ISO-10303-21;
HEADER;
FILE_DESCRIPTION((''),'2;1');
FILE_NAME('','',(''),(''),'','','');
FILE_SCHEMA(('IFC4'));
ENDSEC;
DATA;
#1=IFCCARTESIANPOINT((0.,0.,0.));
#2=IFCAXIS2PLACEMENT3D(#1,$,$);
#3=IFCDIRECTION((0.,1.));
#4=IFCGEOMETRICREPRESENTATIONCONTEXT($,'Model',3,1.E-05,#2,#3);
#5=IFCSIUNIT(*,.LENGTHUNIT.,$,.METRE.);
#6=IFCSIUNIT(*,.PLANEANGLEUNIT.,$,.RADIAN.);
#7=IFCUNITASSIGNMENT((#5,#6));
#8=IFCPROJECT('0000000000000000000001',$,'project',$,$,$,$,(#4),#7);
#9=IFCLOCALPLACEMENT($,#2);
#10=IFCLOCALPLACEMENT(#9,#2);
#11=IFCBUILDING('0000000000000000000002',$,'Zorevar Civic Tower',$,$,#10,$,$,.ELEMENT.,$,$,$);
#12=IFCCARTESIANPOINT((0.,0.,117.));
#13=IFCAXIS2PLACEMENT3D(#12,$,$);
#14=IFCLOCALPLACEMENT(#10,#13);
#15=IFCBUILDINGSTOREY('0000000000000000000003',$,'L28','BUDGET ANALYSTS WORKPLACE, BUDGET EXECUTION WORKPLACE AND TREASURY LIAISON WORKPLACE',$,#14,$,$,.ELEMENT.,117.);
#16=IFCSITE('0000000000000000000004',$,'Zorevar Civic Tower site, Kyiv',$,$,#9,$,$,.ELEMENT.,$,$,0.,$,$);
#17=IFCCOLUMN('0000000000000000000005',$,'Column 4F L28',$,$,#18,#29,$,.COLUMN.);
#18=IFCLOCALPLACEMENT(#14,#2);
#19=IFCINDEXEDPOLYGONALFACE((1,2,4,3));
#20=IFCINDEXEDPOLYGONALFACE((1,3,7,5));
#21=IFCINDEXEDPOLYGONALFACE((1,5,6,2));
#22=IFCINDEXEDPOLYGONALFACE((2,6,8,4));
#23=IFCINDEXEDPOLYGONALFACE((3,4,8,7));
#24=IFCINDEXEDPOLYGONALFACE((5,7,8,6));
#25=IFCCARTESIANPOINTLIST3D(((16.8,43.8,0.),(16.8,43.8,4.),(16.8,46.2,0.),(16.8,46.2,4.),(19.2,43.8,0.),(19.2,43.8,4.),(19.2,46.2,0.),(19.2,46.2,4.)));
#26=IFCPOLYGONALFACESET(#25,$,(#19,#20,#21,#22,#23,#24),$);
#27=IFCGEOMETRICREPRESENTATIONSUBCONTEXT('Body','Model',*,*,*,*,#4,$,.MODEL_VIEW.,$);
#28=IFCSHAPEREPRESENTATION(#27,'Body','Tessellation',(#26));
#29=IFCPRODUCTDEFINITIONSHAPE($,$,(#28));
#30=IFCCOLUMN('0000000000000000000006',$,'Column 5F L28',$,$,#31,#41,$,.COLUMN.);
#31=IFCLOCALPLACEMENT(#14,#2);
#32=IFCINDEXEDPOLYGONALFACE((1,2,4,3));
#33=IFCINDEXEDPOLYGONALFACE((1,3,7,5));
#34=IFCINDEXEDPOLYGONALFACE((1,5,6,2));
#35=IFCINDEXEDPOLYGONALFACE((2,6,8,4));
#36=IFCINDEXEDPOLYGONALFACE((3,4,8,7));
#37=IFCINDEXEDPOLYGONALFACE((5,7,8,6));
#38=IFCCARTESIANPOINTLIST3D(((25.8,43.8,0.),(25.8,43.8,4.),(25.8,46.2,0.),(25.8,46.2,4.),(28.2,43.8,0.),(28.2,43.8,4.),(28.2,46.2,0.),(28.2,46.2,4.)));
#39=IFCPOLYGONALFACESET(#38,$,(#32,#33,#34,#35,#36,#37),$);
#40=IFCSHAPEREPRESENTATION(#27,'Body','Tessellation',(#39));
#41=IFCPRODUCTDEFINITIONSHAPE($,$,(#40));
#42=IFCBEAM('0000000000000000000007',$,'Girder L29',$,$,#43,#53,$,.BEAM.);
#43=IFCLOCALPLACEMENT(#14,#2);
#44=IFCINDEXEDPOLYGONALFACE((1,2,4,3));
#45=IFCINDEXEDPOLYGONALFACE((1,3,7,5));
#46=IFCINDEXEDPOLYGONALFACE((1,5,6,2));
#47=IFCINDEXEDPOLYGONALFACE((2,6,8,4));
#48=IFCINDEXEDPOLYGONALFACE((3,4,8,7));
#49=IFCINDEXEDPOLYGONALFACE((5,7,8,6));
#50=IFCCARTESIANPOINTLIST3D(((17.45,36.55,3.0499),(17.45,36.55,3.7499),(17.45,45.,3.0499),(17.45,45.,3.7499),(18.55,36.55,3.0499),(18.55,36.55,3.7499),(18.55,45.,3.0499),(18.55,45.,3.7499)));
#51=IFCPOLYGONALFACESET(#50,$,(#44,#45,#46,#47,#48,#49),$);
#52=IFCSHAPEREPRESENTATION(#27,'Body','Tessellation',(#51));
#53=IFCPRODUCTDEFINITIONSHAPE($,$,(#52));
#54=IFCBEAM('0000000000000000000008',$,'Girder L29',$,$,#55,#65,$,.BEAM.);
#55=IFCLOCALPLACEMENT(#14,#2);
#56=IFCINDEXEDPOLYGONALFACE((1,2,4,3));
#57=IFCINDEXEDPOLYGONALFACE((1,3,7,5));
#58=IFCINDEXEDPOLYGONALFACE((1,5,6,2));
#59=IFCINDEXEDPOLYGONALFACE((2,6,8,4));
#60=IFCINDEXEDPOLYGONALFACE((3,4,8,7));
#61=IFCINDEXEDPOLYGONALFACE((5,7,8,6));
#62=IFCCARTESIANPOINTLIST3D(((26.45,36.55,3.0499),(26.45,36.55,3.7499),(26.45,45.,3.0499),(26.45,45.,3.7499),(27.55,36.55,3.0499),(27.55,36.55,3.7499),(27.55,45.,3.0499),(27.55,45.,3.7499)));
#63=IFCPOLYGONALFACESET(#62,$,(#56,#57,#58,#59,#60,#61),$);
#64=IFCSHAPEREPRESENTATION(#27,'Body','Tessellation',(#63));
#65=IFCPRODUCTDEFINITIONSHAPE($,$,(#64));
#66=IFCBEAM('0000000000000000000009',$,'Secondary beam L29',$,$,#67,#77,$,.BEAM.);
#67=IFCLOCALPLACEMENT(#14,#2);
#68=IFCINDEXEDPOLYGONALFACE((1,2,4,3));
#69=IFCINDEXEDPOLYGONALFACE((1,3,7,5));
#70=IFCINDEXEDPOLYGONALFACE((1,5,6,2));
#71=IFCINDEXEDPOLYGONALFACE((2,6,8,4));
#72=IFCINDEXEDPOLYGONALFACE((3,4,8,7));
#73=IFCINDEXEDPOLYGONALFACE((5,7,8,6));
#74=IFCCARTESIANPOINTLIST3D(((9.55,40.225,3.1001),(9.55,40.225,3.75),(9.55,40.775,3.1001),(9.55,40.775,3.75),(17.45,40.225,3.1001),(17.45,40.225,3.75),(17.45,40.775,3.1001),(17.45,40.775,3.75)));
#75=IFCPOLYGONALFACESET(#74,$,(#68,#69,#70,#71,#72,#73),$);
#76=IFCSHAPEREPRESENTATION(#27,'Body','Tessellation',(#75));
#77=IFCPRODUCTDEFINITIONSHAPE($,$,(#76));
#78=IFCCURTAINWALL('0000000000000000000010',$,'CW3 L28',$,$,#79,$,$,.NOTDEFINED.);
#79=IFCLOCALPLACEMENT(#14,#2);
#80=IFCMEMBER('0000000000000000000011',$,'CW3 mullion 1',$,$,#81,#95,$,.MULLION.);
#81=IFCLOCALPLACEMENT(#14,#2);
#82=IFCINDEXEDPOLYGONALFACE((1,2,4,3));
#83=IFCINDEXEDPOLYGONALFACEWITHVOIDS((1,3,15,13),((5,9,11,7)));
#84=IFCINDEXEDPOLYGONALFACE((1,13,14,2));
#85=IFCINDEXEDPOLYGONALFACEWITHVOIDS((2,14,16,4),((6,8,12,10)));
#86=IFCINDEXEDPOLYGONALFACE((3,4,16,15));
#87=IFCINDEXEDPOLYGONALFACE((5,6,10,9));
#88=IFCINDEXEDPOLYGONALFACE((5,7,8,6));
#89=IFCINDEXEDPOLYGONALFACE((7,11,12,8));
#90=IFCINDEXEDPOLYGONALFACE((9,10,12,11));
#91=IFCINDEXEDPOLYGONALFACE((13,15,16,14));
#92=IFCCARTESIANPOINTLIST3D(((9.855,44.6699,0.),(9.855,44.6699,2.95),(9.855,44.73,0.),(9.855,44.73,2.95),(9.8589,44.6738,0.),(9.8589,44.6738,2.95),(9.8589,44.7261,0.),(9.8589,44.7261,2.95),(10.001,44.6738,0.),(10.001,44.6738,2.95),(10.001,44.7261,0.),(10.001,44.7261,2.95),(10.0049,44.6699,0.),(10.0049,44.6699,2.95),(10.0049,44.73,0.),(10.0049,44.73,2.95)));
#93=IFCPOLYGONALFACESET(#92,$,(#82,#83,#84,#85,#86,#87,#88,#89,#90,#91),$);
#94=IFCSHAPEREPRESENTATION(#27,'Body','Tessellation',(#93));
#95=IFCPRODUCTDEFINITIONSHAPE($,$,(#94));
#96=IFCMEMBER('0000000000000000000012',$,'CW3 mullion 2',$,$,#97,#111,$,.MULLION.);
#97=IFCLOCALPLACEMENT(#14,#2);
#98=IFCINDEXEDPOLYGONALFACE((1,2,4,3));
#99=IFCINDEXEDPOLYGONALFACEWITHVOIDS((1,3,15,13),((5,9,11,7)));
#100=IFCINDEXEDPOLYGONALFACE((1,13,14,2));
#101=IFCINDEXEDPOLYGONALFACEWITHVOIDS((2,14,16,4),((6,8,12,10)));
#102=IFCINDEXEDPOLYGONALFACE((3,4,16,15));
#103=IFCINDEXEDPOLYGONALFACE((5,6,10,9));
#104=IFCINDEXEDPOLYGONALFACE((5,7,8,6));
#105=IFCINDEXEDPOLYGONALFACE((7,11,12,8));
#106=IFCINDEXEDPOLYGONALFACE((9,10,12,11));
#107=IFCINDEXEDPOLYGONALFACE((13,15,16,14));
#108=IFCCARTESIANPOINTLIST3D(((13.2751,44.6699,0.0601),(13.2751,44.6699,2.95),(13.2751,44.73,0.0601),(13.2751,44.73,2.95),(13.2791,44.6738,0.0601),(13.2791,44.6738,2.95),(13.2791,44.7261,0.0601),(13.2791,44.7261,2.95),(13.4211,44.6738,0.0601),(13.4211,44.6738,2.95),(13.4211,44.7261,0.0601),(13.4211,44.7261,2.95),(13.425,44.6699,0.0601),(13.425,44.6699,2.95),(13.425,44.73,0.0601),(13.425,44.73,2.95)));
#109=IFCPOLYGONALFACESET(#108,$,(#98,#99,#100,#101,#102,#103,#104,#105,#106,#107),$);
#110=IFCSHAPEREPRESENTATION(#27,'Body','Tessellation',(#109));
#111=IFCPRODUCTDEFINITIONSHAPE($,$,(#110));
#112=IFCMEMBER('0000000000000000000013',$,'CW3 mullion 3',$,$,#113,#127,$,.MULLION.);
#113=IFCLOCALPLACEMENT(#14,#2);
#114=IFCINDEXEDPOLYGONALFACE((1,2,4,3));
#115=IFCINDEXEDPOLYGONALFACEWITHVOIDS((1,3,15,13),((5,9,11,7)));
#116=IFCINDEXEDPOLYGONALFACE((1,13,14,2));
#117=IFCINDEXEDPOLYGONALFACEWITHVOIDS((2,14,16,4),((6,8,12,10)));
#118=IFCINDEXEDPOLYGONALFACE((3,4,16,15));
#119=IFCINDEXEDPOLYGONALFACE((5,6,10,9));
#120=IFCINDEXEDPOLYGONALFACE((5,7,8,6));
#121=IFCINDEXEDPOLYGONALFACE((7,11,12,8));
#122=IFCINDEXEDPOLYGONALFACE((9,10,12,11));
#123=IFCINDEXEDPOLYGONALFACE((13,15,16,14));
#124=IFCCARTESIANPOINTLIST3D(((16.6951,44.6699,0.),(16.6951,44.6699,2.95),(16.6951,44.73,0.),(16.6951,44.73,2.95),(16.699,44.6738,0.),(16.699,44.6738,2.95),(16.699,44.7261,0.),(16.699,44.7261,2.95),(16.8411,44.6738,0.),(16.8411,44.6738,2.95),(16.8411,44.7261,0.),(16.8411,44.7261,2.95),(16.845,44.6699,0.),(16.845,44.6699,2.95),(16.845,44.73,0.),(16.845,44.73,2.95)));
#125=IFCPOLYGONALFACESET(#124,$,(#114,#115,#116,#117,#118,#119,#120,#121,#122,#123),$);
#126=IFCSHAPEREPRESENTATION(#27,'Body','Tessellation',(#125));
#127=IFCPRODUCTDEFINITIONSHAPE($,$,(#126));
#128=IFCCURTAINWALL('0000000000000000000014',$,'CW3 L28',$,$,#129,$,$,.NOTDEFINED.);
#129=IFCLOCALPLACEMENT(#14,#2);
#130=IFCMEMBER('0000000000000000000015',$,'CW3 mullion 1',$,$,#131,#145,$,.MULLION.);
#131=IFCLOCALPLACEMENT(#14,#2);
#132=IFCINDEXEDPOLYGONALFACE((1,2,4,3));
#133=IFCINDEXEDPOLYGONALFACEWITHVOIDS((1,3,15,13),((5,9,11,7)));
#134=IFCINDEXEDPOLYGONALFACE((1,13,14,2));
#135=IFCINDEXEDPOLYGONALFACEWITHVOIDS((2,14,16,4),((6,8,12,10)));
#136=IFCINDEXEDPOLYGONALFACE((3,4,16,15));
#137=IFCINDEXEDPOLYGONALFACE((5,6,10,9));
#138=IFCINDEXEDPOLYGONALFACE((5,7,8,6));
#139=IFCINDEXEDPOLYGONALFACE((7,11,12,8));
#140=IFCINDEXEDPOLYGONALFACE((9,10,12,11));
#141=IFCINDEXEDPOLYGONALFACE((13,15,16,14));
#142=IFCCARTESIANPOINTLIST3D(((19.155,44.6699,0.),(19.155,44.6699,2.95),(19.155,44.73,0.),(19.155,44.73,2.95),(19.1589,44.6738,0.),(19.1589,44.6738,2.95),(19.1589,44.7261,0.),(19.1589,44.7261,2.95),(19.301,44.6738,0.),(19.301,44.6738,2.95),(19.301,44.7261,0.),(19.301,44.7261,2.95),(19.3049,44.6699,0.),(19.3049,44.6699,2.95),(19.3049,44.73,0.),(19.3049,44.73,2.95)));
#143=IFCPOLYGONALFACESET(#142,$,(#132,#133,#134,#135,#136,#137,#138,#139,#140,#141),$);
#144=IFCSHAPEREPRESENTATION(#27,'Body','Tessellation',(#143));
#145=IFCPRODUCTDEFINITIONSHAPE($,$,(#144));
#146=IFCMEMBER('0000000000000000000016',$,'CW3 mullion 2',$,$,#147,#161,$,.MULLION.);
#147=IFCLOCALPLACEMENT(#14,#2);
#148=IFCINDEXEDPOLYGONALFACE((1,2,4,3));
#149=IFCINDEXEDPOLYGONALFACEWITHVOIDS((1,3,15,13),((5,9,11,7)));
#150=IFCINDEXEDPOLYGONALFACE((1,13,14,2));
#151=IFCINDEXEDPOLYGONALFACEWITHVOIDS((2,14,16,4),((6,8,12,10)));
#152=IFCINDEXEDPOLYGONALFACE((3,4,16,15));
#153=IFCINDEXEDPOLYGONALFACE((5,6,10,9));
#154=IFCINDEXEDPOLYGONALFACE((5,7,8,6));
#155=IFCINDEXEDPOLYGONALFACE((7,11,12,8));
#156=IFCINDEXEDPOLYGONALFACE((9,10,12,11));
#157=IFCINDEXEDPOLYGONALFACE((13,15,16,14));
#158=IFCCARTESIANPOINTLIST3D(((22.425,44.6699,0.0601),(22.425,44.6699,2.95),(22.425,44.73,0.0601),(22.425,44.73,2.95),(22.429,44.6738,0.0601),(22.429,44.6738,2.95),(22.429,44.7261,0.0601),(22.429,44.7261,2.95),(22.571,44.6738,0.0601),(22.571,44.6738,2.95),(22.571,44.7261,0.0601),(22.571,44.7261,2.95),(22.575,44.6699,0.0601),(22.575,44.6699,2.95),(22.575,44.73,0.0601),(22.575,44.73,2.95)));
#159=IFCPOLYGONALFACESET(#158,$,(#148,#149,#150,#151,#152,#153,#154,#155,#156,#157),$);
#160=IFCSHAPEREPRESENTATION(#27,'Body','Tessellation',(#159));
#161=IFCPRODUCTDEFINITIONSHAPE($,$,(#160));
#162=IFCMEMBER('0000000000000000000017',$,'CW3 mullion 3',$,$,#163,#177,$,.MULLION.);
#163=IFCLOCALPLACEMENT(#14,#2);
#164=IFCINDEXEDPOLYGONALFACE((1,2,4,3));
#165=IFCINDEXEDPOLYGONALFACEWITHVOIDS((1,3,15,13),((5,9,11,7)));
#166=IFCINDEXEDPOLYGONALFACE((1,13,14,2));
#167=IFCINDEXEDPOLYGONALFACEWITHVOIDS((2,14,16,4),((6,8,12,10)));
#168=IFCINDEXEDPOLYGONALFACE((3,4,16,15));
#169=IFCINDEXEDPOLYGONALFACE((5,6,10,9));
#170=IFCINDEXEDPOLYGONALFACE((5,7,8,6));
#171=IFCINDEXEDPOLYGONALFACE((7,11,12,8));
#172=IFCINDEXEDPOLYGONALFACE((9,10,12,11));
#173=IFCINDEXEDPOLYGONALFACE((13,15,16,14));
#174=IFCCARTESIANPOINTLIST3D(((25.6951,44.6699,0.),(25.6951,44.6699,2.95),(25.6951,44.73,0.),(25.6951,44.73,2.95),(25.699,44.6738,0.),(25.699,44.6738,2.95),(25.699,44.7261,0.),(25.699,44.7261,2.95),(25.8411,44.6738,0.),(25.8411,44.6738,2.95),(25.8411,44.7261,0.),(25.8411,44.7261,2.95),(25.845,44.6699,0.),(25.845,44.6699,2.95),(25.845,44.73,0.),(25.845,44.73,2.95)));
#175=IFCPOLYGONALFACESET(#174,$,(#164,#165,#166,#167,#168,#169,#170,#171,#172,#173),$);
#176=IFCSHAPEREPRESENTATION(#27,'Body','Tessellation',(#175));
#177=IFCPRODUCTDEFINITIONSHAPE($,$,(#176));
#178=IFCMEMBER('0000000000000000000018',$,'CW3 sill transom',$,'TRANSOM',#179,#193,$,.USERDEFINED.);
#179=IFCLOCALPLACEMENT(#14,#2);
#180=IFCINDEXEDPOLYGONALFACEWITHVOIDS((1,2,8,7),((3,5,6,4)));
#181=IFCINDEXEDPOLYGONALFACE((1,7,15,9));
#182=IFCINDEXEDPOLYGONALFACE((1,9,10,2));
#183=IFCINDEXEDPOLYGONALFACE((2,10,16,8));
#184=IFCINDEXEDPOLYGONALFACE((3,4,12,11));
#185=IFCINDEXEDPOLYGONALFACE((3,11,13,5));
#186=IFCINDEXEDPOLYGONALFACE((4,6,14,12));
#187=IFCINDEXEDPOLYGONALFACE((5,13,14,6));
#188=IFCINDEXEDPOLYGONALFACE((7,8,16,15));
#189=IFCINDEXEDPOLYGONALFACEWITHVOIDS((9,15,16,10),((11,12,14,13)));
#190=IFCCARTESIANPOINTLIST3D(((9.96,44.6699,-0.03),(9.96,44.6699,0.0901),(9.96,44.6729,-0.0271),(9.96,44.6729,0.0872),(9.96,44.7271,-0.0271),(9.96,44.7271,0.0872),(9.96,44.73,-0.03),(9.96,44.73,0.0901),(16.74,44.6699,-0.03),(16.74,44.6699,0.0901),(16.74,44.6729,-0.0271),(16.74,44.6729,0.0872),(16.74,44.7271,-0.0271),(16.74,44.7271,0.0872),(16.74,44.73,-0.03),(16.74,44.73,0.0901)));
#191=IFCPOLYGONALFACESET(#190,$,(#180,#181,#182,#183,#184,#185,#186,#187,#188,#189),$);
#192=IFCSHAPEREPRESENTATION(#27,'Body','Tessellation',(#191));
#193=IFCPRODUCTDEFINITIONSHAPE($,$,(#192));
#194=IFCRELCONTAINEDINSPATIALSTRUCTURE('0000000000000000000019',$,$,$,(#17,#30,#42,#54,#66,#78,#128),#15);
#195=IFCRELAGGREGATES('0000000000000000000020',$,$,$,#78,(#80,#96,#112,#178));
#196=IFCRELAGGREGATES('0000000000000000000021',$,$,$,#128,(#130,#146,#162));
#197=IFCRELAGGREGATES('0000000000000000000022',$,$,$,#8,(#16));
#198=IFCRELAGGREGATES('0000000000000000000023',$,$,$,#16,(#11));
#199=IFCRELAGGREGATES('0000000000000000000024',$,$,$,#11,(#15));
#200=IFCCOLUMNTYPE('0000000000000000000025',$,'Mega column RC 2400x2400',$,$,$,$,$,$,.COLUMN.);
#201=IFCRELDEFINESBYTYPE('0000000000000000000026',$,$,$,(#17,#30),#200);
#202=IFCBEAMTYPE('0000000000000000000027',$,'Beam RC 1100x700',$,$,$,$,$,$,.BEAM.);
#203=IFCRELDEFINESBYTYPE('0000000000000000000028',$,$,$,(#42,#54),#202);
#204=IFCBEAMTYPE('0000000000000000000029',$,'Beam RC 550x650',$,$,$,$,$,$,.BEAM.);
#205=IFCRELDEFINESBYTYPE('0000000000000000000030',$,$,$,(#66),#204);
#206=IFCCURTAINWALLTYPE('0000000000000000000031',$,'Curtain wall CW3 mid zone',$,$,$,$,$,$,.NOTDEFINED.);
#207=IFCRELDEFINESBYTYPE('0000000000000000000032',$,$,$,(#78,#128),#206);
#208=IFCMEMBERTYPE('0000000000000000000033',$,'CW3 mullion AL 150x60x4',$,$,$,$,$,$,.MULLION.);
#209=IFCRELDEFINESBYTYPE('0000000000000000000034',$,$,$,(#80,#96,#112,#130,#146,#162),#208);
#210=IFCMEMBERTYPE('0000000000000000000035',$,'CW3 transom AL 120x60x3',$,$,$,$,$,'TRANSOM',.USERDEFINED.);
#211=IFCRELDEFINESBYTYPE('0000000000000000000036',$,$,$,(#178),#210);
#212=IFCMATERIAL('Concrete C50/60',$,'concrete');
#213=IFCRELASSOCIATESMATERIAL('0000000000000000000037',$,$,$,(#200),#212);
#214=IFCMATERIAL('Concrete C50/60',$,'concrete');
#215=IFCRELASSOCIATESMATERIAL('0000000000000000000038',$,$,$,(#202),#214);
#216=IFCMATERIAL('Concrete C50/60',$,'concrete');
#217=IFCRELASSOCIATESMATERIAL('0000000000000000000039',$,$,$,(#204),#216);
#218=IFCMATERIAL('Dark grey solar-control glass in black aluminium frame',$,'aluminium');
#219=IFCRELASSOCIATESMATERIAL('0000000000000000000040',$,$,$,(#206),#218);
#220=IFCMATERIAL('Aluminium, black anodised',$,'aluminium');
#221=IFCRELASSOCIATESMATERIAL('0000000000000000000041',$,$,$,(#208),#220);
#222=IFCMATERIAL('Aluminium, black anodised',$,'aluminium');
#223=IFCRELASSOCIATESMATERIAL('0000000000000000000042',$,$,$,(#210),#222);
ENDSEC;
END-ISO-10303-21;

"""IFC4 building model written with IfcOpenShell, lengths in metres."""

from ifc_helpers import new_model, si_unit, direction, frame, origin, origin_2d, place, context, subcontext, project, spatial, rectangle, hollow_rectangle, extrude, material, material_profile, profile_set, type_object, element, aggregate, save


model = new_model("IFC4")

# Units and contexts
model_context = context("Model", 3, precision=1e-05, world=origin(), true_north=direction((0.0, 1.0)))
body_context = subcontext(model_context, "Body", "Model", "MODEL_VIEW")
ifc_project = project(units=[si_unit("LENGTHUNIT", "METRE"), si_unit("PLANEANGLEUNIT", "RADIAN")], contexts=[model_context])

# Site, building, storey
site_placement = place(None, origin())
site = spatial("IfcSite", under=ifc_project, at=site_placement, Name="Zorevar Civic Tower site, Kyiv", CompositionType="ELEMENT", RefElevation=0.0)
building_placement = place(site_placement, origin())
building = spatial("IfcBuilding", under=site, at=building_placement, Name="Zorevar Civic Tower", CompositionType="ELEMENT")
storey_placement = place(building_placement, frame((0.0, 0.0, 117.0)))
storey = spatial("IfcBuildingStorey", under=building, at=storey_placement, Name="L28", Description="BUDGET ANALYSTS WORKPLACE, BUDGET EXECUTION WORKPLACE AND TREASURY LIAISON WORKPLACE", CompositionType="ELEMENT", Elevation=117.0)

# Columns
ifc_material_1 = material(Name="Concrete C50/60", Category="concrete")
ifc_material_profile_1 = material_profile(ifc_material_1, rectangle(XDim=2.3999, YDim=2.3999, at=origin_2d()), Name="RC 2400x2400")
ifc_profile_set_1 = profile_set([ifc_material_profile_1], Name="Concrete C50/60")
column_type = type_object("IfcColumnType", Name="Mega column RC 2400x2400", PredefinedType="COLUMN", material=ifc_profile_set_1)
for number, where, z_axis, x_axis, name in (
    (1, (18.0, 45.0, 0.0), (0.0, 0.0, 1.0), (1.0, 0.0, 0.0), "Column 4F L28"),
    (2, (27.0, 45.0, 0.0), (0.0, 0.0, 1.0), (1.0, 0.0, 0.0), "Column 5F L28"),
):
    element("IfcColumn", number, at=place(storey_placement, frame(where, z_axis=z_axis, x_axis=x_axis)), inside=storey, type_object=column_type, Name=name, PredefinedType="COLUMN", context=body_context, shape_type="SweptSolid", body=[
        extrude(rectangle(XDim=2.3999, YDim=2.3999, at=origin_2d()), origin(), (0.0, 0.0, 1.0), 4.0),
    ])

# Beams
ifc_material_2 = material(Name="Concrete C50/60", Category="concrete")
ifc_material_profile_2 = material_profile(ifc_material_2, rectangle(XDim=1.1001, YDim=0.7, at=origin_2d()), Name="RC 1100x700")
ifc_profile_set_2 = profile_set([ifc_material_profile_2], Name="Concrete C50/60")
beam_type_1 = type_object("IfcBeamType", Name="Beam RC 1100x700", PredefinedType="BEAM", material=ifc_profile_set_2)
for number, where, z_axis, x_axis, name in (
    (3, (18.0, 36.55, 3.3999), (0.0, 1.0, 0.0), (-1.0, 0.0, 0.0), "Girder L29"),
    (4, (27.0, 36.55, 3.3999), (0.0, 1.0, 0.0), (-1.0, 0.0, 0.0), "Girder L29"),
):
    element("IfcBeam", number, at=place(storey_placement, frame(where, z_axis=z_axis, x_axis=x_axis)), inside=storey, type_object=beam_type_1, Name=name, PredefinedType="BEAM", context=body_context, shape_type="SweptSolid", body=[
        extrude(rectangle(XDim=1.1001, YDim=0.7, at=origin_2d()), origin(), (0.0, 0.0, 1.0), 8.45),
    ])
ifc_material_3 = material(Name="Concrete C50/60", Category="concrete")
ifc_material_profile_3 = material_profile(ifc_material_3, rectangle(XDim=0.55, YDim=0.6499, at=origin_2d()), Name="RC 550x650")
ifc_profile_set_3 = profile_set([ifc_material_profile_3], Name="Concrete C50/60")
beam_type_2 = type_object("IfcBeamType", Name="Beam RC 550x650", PredefinedType="BEAM", material=ifc_profile_set_3)
beam_1_placement = place(storey_placement, frame((9.55, 40.5, 3.425), z_axis=(1.0, 0.0, 0.0), x_axis=(0.0, 1.0, 0.0)))
element("IfcBeam", 5, at=beam_1_placement, inside=storey, type_object=beam_type_2, Name="Secondary beam L29", PredefinedType="BEAM", context=body_context, shape_type="SweptSolid", body=[
    extrude(rectangle(XDim=0.55, YDim=0.6499, at=origin_2d()), origin(), (0.0, 0.0, 1.0), 7.8999),
])

# Curtain walls, members
ifc_material_4 = material(Name="Dark grey solar-control glass in black aluminium frame", Category="aluminium")
curtain_wall_type = type_object("IfcCurtainWallType", Name="Curtain wall CW3 mid zone", PredefinedType="NOTDEFINED", material=ifc_material_4)
curtain_wall_1_placement = place(storey_placement, origin())
curtain_wall_1 = element("IfcCurtainWall", 6, at=curtain_wall_1_placement, inside=storey, type_object=curtain_wall_type, Name="CW3 L28", PredefinedType="NOTDEFINED")
ifc_material_5 = material(Name="Aluminium, black anodised", Category="aluminium")
ifc_material_profile_4 = material_profile(ifc_material_5, hollow_rectangle(XDim=0.0601, YDim=0.1499, WallThickness=0.0039, at=origin_2d()), Name="AL 150x60x4")
ifc_profile_set_4 = profile_set([ifc_material_profile_4], Name="Aluminium, black anodised")
member_type_1 = type_object("IfcMemberType", Name="CW3 mullion AL 150x60x4", PredefinedType="MULLION", material=ifc_profile_set_4)
member_1_placement = place(storey_placement, frame((9.9299, 44.7, 0.0), z_axis=(0.0, 0.0, 1.0), x_axis=(0.0, 1.0, 0.0)))
member_1 = element("IfcMember", 7, at=member_1_placement, type_object=member_type_1, Name="CW3 mullion 1", PredefinedType="MULLION", context=body_context, shape_type="SweptSolid", body=[
    extrude(hollow_rectangle(XDim=0.0601, YDim=0.1499, WallThickness=0.0039, at=origin_2d()), origin(), (0.0, 0.0, 1.0), 2.95),
])
member_2_placement = place(storey_placement, frame((13.3501, 44.7, 0.0601), z_axis=(0.0, 0.0, 1.0), x_axis=(0.0, 1.0, 0.0)))
member_2 = element("IfcMember", 8, at=member_2_placement, type_object=member_type_1, Name="CW3 mullion 2", PredefinedType="MULLION", context=body_context, shape_type="SweptSolid", body=[
    extrude(hollow_rectangle(XDim=0.0601, YDim=0.1499, WallThickness=0.0039, at=origin_2d()), origin(), (0.0, 0.0, 1.0), 2.8899),
])
member_3_placement = place(storey_placement, frame((16.77, 44.7, 0.0), z_axis=(0.0, 0.0, 1.0), x_axis=(0.0, 1.0, 0.0)))
member_3 = element("IfcMember", 9, at=member_3_placement, type_object=member_type_1, Name="CW3 mullion 3", PredefinedType="MULLION", context=body_context, shape_type="SweptSolid", body=[
    extrude(hollow_rectangle(XDim=0.0601, YDim=0.1499, WallThickness=0.0039, at=origin_2d()), origin(), (0.0, 0.0, 1.0), 2.95),
])
curtain_wall_2_placement = place(storey_placement, origin())
curtain_wall_2 = element("IfcCurtainWall", 10, at=curtain_wall_2_placement, inside=storey, type_object=curtain_wall_type, Name="CW3 L28", PredefinedType="NOTDEFINED")
member_4_placement = place(storey_placement, frame((19.23, 44.7, 0.0), z_axis=(0.0, 0.0, 1.0), x_axis=(0.0, 1.0, 0.0)))
member_4 = element("IfcMember", 11, at=member_4_placement, type_object=member_type_1, Name="CW3 mullion 1", PredefinedType="MULLION", context=body_context, shape_type="SweptSolid", body=[
    extrude(hollow_rectangle(XDim=0.0601, YDim=0.1499, WallThickness=0.0039, at=origin_2d()), origin(), (0.0, 0.0, 1.0), 2.95),
])
member_5_placement = place(storey_placement, frame((22.5, 44.7, 0.0601), z_axis=(0.0, 0.0, 1.0), x_axis=(0.0, 1.0, 0.0)))
member_5 = element("IfcMember", 12, at=member_5_placement, type_object=member_type_1, Name="CW3 mullion 2", PredefinedType="MULLION", context=body_context, shape_type="SweptSolid", body=[
    extrude(hollow_rectangle(XDim=0.0601, YDim=0.1499, WallThickness=0.0039, at=origin_2d()), origin(), (0.0, 0.0, 1.0), 2.8899),
])
member_6_placement = place(storey_placement, frame((25.77, 44.7, 0.0), z_axis=(0.0, 0.0, 1.0), x_axis=(0.0, 1.0, 0.0)))
member_6 = element("IfcMember", 13, at=member_6_placement, type_object=member_type_1, Name="CW3 mullion 3", PredefinedType="MULLION", context=body_context, shape_type="SweptSolid", body=[
    extrude(hollow_rectangle(XDim=0.0601, YDim=0.1499, WallThickness=0.0039, at=origin_2d()), origin(), (0.0, 0.0, 1.0), 2.95),
])

# Member
ifc_material_6 = material(Name="Aluminium, black anodised", Category="aluminium")
ifc_material_profile_5 = material_profile(ifc_material_6, hollow_rectangle(XDim=0.0601, YDim=0.1201, WallThickness=0.0029, at=origin_2d()), Name="AL 120x60x3")
ifc_profile_set_5 = profile_set([ifc_material_profile_5], Name="Aluminium, black anodised")
member_type_2 = type_object("IfcMemberType", Name="CW3 transom AL 120x60x3", ElementType="TRANSOM", PredefinedType="USERDEFINED", material=ifc_profile_set_5)
member_7_placement = place(storey_placement, frame((9.96, 44.7, 0.03), z_axis=(1.0, 0.0, 0.0), x_axis=(0.0, 1.0, 0.0)))
member_7 = element("IfcMember", 14, at=member_7_placement, type_object=member_type_2, Name="CW3 sill transom", ObjectType="TRANSOM", PredefinedType="USERDEFINED", context=body_context, shape_type="SweptSolid", body=[
    extrude(hollow_rectangle(XDim=0.0601, YDim=0.1201, WallThickness=0.0029, at=origin_2d()), origin(), (0.0, 0.0, 1.0), 6.78),
])

aggregate(curtain_wall_1, [member_1, member_2, member_3, member_7])
aggregate(curtain_wall_2, [member_4, member_5, member_6])

save(model, "model.ifc")
